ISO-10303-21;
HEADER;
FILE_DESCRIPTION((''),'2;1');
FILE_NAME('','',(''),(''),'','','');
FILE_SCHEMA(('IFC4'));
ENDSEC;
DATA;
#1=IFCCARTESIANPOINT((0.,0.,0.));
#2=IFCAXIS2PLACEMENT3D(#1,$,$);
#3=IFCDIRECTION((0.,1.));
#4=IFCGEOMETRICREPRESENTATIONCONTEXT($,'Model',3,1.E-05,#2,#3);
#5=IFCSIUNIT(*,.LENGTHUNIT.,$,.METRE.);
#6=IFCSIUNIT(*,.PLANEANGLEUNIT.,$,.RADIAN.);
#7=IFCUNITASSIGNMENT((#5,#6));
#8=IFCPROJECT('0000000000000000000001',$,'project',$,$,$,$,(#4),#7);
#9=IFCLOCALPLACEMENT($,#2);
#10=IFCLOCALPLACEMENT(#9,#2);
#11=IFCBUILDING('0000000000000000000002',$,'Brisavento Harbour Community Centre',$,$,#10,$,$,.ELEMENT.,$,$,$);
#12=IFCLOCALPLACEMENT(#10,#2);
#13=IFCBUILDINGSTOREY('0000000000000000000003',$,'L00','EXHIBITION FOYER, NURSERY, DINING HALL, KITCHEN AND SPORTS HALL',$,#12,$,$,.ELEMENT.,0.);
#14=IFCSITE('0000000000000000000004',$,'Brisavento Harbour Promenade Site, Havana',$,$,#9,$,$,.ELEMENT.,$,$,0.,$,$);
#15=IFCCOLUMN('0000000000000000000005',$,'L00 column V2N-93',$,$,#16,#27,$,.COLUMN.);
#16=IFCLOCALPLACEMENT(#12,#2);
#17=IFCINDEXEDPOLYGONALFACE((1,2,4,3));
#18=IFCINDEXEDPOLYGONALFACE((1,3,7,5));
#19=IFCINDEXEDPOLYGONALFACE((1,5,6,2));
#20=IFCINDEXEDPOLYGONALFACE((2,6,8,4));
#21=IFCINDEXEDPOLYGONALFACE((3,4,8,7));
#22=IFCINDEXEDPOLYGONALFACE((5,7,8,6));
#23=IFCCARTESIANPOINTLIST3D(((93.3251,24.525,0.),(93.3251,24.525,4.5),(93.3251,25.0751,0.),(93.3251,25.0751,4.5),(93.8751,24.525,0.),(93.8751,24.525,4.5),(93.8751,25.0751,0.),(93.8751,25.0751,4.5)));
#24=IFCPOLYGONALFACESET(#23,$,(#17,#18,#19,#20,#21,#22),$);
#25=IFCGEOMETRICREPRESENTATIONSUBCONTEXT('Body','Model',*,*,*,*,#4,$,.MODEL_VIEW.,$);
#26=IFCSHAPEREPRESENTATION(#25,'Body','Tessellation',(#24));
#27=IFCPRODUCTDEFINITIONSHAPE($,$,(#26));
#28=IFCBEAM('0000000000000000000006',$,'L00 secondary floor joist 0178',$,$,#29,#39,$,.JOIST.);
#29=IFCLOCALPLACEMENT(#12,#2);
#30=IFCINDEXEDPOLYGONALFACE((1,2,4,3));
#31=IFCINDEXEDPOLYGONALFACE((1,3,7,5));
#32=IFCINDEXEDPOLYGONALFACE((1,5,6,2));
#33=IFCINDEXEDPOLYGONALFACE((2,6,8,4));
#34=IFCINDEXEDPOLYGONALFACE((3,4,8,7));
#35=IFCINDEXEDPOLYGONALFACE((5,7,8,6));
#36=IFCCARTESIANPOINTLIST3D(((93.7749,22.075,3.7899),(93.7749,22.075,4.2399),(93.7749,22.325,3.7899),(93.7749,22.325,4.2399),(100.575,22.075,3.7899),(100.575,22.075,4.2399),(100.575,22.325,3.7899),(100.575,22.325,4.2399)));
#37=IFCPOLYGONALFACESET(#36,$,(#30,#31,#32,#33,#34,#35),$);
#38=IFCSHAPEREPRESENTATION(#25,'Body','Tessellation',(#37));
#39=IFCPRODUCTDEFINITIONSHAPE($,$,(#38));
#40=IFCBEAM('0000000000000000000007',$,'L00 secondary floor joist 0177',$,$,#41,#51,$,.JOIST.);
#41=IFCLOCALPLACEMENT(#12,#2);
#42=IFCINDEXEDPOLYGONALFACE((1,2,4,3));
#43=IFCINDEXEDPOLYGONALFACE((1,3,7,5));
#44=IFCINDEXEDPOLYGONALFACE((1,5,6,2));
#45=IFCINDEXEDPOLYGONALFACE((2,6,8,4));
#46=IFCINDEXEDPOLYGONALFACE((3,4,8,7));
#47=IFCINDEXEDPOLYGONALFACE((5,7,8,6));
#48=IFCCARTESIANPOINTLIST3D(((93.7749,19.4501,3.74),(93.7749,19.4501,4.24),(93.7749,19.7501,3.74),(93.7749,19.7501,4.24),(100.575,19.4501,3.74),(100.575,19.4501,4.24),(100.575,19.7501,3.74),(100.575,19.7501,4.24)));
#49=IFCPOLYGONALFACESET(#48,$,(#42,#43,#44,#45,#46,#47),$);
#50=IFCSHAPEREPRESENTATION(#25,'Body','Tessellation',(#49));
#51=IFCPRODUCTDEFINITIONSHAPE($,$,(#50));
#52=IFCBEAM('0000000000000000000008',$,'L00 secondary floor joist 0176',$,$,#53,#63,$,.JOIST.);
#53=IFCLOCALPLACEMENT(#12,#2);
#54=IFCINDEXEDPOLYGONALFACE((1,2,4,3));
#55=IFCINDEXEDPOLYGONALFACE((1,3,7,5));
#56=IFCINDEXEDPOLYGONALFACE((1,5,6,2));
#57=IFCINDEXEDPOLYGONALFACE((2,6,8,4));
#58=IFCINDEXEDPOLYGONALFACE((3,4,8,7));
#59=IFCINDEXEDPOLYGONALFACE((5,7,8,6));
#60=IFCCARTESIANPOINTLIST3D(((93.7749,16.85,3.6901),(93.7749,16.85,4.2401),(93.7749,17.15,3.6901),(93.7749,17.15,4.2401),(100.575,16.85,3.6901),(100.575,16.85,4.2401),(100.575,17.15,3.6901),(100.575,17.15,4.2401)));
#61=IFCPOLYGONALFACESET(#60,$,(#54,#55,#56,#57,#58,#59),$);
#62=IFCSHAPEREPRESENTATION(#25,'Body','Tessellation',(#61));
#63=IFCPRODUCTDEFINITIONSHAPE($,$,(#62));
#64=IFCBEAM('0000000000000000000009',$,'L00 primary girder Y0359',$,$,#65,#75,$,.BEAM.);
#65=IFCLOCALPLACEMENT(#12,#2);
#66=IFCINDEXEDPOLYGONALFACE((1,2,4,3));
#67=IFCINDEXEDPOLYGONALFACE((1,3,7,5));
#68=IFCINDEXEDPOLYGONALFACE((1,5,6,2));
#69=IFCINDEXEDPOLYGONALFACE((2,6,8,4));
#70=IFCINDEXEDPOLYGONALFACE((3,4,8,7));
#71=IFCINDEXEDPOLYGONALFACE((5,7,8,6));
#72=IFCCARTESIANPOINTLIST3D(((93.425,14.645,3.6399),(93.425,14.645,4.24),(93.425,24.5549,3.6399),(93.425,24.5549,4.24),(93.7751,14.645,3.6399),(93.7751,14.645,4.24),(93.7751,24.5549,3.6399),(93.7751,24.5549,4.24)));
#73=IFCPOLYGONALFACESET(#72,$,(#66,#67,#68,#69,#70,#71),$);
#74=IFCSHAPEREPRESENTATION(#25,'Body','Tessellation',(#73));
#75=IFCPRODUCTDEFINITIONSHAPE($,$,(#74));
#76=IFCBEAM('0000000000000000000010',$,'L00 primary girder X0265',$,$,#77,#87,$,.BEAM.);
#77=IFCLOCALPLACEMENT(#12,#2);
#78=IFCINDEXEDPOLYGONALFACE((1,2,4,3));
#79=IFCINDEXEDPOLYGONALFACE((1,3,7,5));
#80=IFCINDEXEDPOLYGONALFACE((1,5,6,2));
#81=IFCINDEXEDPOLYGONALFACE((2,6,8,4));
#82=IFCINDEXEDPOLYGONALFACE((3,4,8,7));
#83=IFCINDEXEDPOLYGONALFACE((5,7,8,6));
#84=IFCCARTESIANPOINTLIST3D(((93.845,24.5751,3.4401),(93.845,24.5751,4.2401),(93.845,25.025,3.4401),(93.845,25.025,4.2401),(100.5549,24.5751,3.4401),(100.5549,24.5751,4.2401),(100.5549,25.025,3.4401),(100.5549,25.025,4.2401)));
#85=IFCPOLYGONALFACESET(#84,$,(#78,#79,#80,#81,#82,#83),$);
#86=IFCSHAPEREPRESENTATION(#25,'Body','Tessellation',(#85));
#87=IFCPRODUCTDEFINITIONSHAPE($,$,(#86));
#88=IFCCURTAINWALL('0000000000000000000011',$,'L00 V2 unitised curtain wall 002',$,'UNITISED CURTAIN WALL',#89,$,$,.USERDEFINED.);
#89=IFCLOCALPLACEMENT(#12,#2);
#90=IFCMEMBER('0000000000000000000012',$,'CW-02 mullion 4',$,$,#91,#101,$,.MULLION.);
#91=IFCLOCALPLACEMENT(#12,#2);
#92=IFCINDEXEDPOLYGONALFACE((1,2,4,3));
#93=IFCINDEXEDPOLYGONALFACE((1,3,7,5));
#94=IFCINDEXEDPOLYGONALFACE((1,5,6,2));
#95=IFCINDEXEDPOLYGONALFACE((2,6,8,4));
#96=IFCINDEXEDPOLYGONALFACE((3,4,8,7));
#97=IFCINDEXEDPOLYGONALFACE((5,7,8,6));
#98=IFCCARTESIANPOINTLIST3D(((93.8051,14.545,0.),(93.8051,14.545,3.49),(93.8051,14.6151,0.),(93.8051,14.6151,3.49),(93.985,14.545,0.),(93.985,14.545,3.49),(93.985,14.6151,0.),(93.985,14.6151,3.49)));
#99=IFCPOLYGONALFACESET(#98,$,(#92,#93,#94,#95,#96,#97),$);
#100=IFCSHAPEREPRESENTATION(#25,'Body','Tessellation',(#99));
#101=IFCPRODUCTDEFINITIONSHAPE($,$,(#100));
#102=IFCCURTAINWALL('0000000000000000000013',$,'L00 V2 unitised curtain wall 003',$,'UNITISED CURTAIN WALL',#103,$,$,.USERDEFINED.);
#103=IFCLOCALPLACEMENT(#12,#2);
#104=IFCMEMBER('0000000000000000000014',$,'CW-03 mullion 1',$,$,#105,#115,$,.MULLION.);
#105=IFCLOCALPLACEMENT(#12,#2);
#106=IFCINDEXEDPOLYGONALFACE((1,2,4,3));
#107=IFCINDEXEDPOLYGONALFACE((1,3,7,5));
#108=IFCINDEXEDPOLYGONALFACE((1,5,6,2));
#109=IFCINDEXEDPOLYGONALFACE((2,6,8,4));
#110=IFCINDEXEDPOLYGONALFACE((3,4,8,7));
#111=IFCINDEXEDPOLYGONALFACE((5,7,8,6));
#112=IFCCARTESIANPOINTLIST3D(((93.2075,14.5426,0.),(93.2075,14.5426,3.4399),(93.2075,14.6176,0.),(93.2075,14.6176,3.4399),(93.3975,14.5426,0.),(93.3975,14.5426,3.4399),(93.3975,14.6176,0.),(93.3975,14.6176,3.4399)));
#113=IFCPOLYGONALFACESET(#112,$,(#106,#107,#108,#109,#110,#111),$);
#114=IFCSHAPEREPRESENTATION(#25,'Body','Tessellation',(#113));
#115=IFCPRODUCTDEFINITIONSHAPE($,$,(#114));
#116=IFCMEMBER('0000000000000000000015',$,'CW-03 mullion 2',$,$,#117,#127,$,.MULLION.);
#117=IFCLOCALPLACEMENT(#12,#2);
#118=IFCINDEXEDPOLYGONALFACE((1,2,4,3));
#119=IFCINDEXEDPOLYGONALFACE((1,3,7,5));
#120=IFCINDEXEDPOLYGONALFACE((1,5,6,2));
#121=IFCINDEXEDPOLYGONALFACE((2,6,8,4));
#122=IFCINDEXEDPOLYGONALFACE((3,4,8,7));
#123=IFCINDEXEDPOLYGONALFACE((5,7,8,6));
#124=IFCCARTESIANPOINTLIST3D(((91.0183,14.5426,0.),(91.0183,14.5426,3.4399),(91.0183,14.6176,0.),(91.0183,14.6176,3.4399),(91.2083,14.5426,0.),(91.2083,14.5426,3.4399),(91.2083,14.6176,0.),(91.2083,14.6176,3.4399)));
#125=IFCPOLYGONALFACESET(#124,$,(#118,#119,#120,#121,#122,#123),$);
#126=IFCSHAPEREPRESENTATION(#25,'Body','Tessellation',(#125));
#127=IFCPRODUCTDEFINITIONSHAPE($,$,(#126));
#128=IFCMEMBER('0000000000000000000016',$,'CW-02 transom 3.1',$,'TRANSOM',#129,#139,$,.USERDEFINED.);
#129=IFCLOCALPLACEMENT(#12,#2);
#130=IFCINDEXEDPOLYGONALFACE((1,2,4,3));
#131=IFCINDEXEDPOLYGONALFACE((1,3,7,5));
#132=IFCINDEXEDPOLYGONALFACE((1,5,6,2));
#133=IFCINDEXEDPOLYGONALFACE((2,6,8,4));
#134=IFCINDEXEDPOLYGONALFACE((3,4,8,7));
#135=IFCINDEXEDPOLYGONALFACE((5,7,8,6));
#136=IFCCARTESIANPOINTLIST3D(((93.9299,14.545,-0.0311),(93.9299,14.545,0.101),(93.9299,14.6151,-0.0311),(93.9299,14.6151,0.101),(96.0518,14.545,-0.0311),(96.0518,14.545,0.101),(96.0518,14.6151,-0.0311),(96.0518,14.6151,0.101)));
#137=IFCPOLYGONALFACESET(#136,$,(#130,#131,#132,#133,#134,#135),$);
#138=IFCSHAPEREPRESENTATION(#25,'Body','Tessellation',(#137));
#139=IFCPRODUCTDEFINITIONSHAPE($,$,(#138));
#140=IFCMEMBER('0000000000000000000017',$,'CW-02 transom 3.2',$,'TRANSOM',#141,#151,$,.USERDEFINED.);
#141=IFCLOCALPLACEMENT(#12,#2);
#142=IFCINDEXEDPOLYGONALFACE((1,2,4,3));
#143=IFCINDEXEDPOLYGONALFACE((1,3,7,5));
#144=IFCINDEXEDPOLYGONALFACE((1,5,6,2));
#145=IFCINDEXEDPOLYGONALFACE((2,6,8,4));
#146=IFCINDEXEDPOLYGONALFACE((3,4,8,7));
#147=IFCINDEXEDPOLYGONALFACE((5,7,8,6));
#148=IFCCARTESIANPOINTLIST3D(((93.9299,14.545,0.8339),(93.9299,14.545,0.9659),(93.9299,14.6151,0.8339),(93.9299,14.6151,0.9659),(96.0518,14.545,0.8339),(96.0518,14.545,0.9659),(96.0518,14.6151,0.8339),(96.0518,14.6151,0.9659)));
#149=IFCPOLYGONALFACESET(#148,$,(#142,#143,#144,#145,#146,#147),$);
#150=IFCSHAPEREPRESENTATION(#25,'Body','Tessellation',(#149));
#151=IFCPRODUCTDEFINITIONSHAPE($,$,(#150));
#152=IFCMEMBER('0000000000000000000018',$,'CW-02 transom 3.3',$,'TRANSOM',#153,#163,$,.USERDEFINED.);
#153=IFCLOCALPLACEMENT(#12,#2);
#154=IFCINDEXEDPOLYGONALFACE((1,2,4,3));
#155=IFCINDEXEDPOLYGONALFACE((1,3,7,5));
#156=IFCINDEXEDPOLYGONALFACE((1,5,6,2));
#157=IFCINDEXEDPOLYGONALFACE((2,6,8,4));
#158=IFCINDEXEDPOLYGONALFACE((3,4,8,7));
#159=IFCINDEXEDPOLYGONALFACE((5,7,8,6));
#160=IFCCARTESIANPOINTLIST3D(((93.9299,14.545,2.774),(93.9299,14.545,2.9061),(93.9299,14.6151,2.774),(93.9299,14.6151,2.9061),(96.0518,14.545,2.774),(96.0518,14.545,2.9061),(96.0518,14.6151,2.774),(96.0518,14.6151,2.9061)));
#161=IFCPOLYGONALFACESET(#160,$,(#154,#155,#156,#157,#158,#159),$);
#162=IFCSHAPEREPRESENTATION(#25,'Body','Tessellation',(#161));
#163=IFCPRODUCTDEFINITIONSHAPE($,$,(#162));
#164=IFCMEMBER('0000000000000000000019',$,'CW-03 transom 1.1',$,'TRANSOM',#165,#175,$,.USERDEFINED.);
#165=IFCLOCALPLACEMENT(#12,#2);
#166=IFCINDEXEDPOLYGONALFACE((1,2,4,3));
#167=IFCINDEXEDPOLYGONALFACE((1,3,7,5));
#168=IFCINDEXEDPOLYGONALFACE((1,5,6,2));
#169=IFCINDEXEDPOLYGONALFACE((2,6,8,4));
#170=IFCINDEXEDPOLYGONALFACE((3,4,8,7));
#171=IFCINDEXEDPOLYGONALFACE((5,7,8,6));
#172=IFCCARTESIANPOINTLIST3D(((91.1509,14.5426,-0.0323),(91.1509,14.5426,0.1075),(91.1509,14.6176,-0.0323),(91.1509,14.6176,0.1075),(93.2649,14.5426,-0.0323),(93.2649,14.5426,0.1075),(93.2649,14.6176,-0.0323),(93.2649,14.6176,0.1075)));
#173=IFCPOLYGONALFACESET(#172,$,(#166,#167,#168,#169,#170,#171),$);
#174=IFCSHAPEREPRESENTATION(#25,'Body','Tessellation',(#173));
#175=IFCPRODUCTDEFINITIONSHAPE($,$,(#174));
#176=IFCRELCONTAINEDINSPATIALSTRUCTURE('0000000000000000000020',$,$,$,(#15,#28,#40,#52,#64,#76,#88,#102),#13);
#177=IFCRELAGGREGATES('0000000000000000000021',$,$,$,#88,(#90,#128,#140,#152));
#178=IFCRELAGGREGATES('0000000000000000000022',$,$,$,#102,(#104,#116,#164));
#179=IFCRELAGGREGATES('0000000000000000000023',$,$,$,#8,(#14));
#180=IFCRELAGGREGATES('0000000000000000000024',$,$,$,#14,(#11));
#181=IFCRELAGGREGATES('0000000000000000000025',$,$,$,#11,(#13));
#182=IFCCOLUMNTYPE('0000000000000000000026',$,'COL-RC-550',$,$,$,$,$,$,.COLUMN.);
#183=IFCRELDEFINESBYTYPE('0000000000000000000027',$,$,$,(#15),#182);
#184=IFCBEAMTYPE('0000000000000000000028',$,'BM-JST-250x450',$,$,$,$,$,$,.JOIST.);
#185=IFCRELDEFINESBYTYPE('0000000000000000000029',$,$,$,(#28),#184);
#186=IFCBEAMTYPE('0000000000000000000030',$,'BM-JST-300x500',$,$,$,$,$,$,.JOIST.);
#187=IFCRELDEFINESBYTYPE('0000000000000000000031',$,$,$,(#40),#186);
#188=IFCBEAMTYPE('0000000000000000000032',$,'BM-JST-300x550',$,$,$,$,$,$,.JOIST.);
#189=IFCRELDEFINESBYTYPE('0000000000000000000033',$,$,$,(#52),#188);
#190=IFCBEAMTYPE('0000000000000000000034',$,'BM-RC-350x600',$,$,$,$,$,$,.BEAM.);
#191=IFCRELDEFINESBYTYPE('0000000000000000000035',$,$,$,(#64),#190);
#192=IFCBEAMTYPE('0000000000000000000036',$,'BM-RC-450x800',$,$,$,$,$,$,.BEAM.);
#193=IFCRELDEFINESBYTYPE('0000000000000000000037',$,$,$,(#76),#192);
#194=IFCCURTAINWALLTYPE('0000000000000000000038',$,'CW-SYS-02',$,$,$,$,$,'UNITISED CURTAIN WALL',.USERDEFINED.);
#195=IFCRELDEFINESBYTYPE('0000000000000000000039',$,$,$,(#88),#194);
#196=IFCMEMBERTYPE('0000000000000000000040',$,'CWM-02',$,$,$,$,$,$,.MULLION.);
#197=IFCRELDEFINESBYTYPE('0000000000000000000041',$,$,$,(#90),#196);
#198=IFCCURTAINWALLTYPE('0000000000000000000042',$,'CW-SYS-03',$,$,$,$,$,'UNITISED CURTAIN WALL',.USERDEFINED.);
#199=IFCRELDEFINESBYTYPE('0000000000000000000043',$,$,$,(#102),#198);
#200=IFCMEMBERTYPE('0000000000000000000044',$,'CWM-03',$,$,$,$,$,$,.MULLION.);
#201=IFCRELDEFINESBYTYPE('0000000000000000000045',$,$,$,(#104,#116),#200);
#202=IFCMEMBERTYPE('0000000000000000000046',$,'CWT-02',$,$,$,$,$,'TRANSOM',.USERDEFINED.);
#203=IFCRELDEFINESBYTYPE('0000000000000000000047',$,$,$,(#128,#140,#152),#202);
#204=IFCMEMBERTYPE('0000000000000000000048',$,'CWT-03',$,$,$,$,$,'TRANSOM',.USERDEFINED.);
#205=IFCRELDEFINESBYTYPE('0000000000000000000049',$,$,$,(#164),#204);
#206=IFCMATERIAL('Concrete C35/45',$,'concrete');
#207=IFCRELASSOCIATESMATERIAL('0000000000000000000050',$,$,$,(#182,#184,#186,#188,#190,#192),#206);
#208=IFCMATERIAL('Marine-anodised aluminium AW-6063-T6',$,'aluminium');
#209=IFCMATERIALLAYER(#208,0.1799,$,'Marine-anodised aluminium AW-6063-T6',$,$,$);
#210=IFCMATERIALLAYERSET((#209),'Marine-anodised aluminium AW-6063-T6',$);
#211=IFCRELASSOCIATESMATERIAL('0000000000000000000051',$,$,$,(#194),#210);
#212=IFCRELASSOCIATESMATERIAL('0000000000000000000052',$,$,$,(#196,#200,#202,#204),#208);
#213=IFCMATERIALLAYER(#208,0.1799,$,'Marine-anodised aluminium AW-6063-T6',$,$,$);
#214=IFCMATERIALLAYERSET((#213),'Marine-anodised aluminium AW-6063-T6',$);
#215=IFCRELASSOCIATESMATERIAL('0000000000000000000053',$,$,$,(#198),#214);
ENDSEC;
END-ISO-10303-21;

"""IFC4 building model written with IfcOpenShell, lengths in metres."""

from ifc_helpers import new_model, si_unit, direction, frame, origin, origin_2d, place, context, subcontext, project, spatial, rectangle, extrude, material, layer, layer_set, material_profile, profile_set, type_object, element, aggregate, save


model = new_model("IFC4")

# Units and contexts
model_context = context("Model", 3, precision=1e-05, world=origin(), true_north=direction((0.0, 1.0)))
body_context = subcontext(model_context, "Body", "Model", "MODEL_VIEW")
ifc_project = project(units=[si_unit("LENGTHUNIT", "METRE"), si_unit("PLANEANGLEUNIT", "RADIAN")], contexts=[model_context])

# Site, building, storey
site_placement = place(None, origin())
site = spatial("IfcSite", under=ifc_project, at=site_placement, Name="Brisavento Harbour Promenade Site, Havana", CompositionType="ELEMENT", RefElevation=0.0)
building_placement = place(site_placement, origin())
building = spatial("IfcBuilding", under=site, at=building_placement, Name="Brisavento Harbour Community Centre", CompositionType="ELEMENT")
storey_placement = place(building_placement, origin())
storey = spatial("IfcBuildingStorey", under=building, at=storey_placement, Name="L00", Description="EXHIBITION FOYER, NURSERY, DINING HALL, KITCHEN AND SPORTS HALL", CompositionType="ELEMENT", Elevation=0.0)

# Column
ifc_material_1 = material(Name="Concrete C35/45", Category="concrete")
ifc_material_profile_1 = material_profile(ifc_material_1, rectangle(XDim=0.55, YDim=0.55, at=origin_2d()), Name="Concrete C35/45")
ifc_profile_set_1 = profile_set([ifc_material_profile_1], Name="Concrete C35/45")
column_type = type_object("IfcColumnType", Name="COL-RC-550", PredefinedType="COLUMN", material=ifc_profile_set_1)
column_placement = place(storey_placement, frame((93.6001, 24.8, 0.0), z_axis=(0.0, 0.0, 1.0), x_axis=(1.0, 0.0, 0.0)))
element("IfcColumn", 1, at=column_placement, inside=storey, type_object=column_type, Name="L00 column V2N-93", PredefinedType="COLUMN", context=body_context, shape_type="SweptSolid", body=[
    extrude(rectangle(XDim=0.55, YDim=0.55, at=origin_2d()), origin(), (0.0, 0.0, 1.0), 4.5),
])

# Beams
ifc_material_profile_2 = material_profile(ifc_material_1, rectangle(XDim=0.25, YDim=0.45, at=origin_2d()), Name="Concrete C35/45")
ifc_profile_set_2 = profile_set([ifc_material_profile_2], Name="Concrete C35/45")
beam_type_1 = type_object("IfcBeamType", Name="BM-JST-250x450", PredefinedType="JOIST", material=ifc_profile_set_2)
beam_1_placement = place(storey_placement, frame((93.7749, 22.2, 4.0149), z_axis=(1.0, 0.0, 0.0), x_axis=(0.0, 1.0, 0.0)))
element("IfcBeam", 2, at=beam_1_placement, inside=storey, type_object=beam_type_1, Name="L00 secondary floor joist 0178", PredefinedType="JOIST", context=body_context, shape_type="SweptSolid", body=[
    extrude(rectangle(XDim=0.25, YDim=0.45, at=origin_2d()), origin(), (0.0, 0.0, 1.0), 6.8),
])
ifc_material_profile_3 = material_profile(ifc_material_1, rectangle(XDim=0.3, YDim=0.5, at=origin_2d()), Name="Concrete C35/45")
ifc_profile_set_3 = profile_set([ifc_material_profile_3], Name="Concrete C35/45")
beam_type_2 = type_object("IfcBeamType", Name="BM-JST-300x500", PredefinedType="JOIST", material=ifc_profile_set_3)
beam_2_placement = place(storey_placement, frame((93.7749, 19.6001, 3.99), z_axis=(1.0, 0.0, 0.0), x_axis=(0.0, 1.0, 0.0)))
element("IfcBeam", 3, at=beam_2_placement, inside=storey, type_object=beam_type_2, Name="L00 secondary floor joist 0177", PredefinedType="JOIST", context=body_context, shape_type="SweptSolid", body=[
    extrude(rectangle(XDim=0.3, YDim=0.5, at=origin_2d()), origin(), (0.0, 0.0, 1.0), 6.8),
])
ifc_material_profile_4 = material_profile(ifc_material_1, rectangle(XDim=0.3, YDim=0.55, at=origin_2d()), Name="Concrete C35/45")
ifc_profile_set_4 = profile_set([ifc_material_profile_4], Name="Concrete C35/45")
beam_type_3 = type_object("IfcBeamType", Name="BM-JST-300x550", PredefinedType="JOIST", material=ifc_profile_set_4)
beam_3_placement = place(storey_placement, frame((93.7749, 17.0, 3.9651), z_axis=(1.0, 0.0, 0.0), x_axis=(0.0, 1.0, 0.0)))
element("IfcBeam", 4, at=beam_3_placement, inside=storey, type_object=beam_type_3, Name="L00 secondary floor joist 0176", PredefinedType="JOIST", context=body_context, shape_type="SweptSolid", body=[
    extrude(rectangle(XDim=0.3, YDim=0.55, at=origin_2d()), origin(), (0.0, 0.0, 1.0), 6.8),
])
ifc_material_profile_5 = material_profile(ifc_material_1, rectangle(XDim=0.3501, YDim=0.6001, at=origin_2d()), Name="Concrete C35/45")
ifc_profile_set_5 = profile_set([ifc_material_profile_5], Name="Concrete C35/45")
beam_type_4 = type_object("IfcBeamType", Name="BM-RC-350x600", PredefinedType="BEAM", material=ifc_profile_set_5)
beam_4_placement = place(storey_placement, frame((93.6001, 14.645, 3.9399), z_axis=(0.0, 1.0, 0.0), x_axis=(-1.0, 0.0, 0.0)))
element("IfcBeam", 5, at=beam_4_placement, inside=storey, type_object=beam_type_4, Name="L00 primary girder Y0359", PredefinedType="BEAM", context=body_context, shape_type="SweptSolid", body=[
    extrude(rectangle(XDim=0.3501, YDim=0.6001, at=origin_2d()), origin(), (0.0, 0.0, 1.0), 9.9099),
])
ifc_material_profile_6 = material_profile(ifc_material_1, rectangle(XDim=0.45, YDim=0.8, at=origin_2d()), Name="Concrete C35/45")
ifc_profile_set_6 = profile_set([ifc_material_profile_6], Name="Concrete C35/45")
beam_type_5 = type_object("IfcBeamType", Name="BM-RC-450x800", PredefinedType="BEAM", material=ifc_profile_set_6)
beam_5_placement = place(storey_placement, frame((93.845, 24.8, 3.8401), z_axis=(1.0, 0.0, 0.0), x_axis=(0.0, 1.0, 0.0)))
element("IfcBeam", 6, at=beam_5_placement, inside=storey, type_object=beam_type_5, Name="L00 primary girder X0265", PredefinedType="BEAM", context=body_context, shape_type="SweptSolid", body=[
    extrude(rectangle(XDim=0.45, YDim=0.8, at=origin_2d()), origin(), (0.0, 0.0, 1.0), 6.71),
])

# Curtain wall, member
ifc_material_2 = material(Name="Marine-anodised aluminium AW-6063-T6", Category="aluminium")
ifc_layer_1 = layer(ifc_material_2, 0.1799, Name="Marine-anodised aluminium AW-6063-T6")
ifc_layer_set_1 = layer_set([ifc_layer_1], Name="Marine-anodised aluminium AW-6063-T6")
curtain_wall_type_1 = type_object("IfcCurtainWallType", Name="CW-SYS-02", ElementType="UNITISED CURTAIN WALL", PredefinedType="USERDEFINED", material=ifc_layer_set_1)
curtain_wall_1_placement = place(storey_placement, origin())
curtain_wall_1 = element("IfcCurtainWall", 7, at=curtain_wall_1_placement, inside=storey, type_object=curtain_wall_type_1, Name="L00 V2 unitised curtain wall 002", ObjectType="UNITISED CURTAIN WALL", PredefinedType="USERDEFINED")
ifc_material_profile_7 = material_profile(ifc_material_2, rectangle(XDim=0.0701, YDim=0.1799, at=origin_2d()), Name="Marine-anodised aluminium AW-6063-T6")
ifc_profile_set_7 = profile_set([ifc_material_profile_7], Name="Marine-anodised aluminium AW-6063-T6")
member_type_1 = type_object("IfcMemberType", Name="CWM-02", PredefinedType="MULLION", material=ifc_profile_set_7)
member_1_placement = place(storey_placement, frame((93.895, 14.5801, 0.0), z_axis=(0.0, 0.0, 1.0), x_axis=(0.0, -1.0, 0.0)))
member_1 = element("IfcMember", 8, at=member_1_placement, type_object=member_type_1, Name="CW-02 mullion 4", PredefinedType="MULLION", context=body_context, shape_type="SweptSolid", body=[
    extrude(rectangle(XDim=0.0701, YDim=0.1799, at=origin_2d()), origin(), (0.0, 0.0, 1.0), 3.49),
])

# Curtain wall, members
ifc_layer_2 = layer(ifc_material_2, 0.1799, Name="Marine-anodised aluminium AW-6063-T6")
ifc_layer_set_2 = layer_set([ifc_layer_2], Name="Marine-anodised aluminium AW-6063-T6")
curtain_wall_type_2 = type_object("IfcCurtainWallType", Name="CW-SYS-03", ElementType="UNITISED CURTAIN WALL", PredefinedType="USERDEFINED", material=ifc_layer_set_2)
curtain_wall_2_placement = place(storey_placement, origin())
curtain_wall_2 = element("IfcCurtainWall", 9, at=curtain_wall_2_placement, inside=storey, type_object=curtain_wall_type_2, Name="L00 V2 unitised curtain wall 003", ObjectType="UNITISED CURTAIN WALL", PredefinedType="USERDEFINED")
ifc_material_profile_8 = material_profile(ifc_material_2, rectangle(XDim=0.075, YDim=0.1899, at=origin_2d()), Name="Marine-anodised aluminium AW-6063-T6")
ifc_profile_set_8 = profile_set([ifc_material_profile_8], Name="Marine-anodised aluminium AW-6063-T6")
member_type_2 = type_object("IfcMemberType", Name="CWM-03", PredefinedType="MULLION", material=ifc_profile_set_8)
member_2_placement = place(storey_placement, frame((93.3025, 14.5801, 0.0), z_axis=(0.0, 0.0, 1.0), x_axis=(0.0, -1.0, 0.0)))
member_2 = element("IfcMember", 10, at=member_2_placement, type_object=member_type_2, Name="CW-03 mullion 1", PredefinedType="MULLION", context=body_context, shape_type="SweptSolid", body=[
    extrude(rectangle(XDim=0.075, YDim=0.1899, at=origin_2d()), origin(), (0.0, 0.0, 1.0), 3.4399),
])
member_3_placement = place(storey_placement, frame((91.1133, 14.5801, 0.0), z_axis=(0.0, 0.0, 1.0), x_axis=(0.0, -1.0, 0.0)))
member_3 = element("IfcMember", 11, at=member_3_placement, type_object=member_type_2, Name="CW-03 mullion 2", PredefinedType="MULLION", context=body_context, shape_type="SweptSolid", body=[
    extrude(rectangle(XDim=0.075, YDim=0.1899, at=origin_2d()), origin(), (0.0, 0.0, 1.0), 3.4399),
])

# Members
ifc_material_profile_9 = material_profile(ifc_material_2, rectangle(XDim=0.0701, YDim=0.1321, at=origin_2d()), Name="Marine-anodised aluminium AW-6063-T6")
ifc_profile_set_9 = profile_set([ifc_material_profile_9], Name="Marine-anodised aluminium AW-6063-T6")
member_type_3 = type_object("IfcMemberType", Name="CWT-02", ElementType="TRANSOM", PredefinedType="USERDEFINED", material=ifc_profile_set_9)
member_4_placement = place(storey_placement, frame((96.0518, 14.5801, 0.0349), z_axis=(-1.0, 0.0, 0.0), x_axis=(0.0, -1.0, 0.0)))
member_4 = element("IfcMember", 12, at=member_4_placement, type_object=member_type_3, Name="CW-02 transom 3.1", ObjectType="TRANSOM", PredefinedType="USERDEFINED", context=body_context, shape_type="SweptSolid", body=[
    extrude(rectangle(XDim=0.0701, YDim=0.1321, at=origin_2d()), origin(), (0.0, 0.0, 1.0), 2.1218),
])
member_5_placement = place(storey_placement, frame((96.0518, 14.5801, 0.8999), z_axis=(-1.0, 0.0, 0.0), x_axis=(0.0, -1.0, 0.0)))
member_5 = element("IfcMember", 13, at=member_5_placement, type_object=member_type_3, Name="CW-02 transom 3.2", ObjectType="TRANSOM", PredefinedType="USERDEFINED", context=body_context, shape_type="SweptSolid", body=[
    extrude(rectangle(XDim=0.0701, YDim=0.1321, at=origin_2d()), origin(), (0.0, 0.0, 1.0), 2.1218),
])
member_6_placement = place(storey_placement, frame((96.0518, 14.5801, 2.8401), z_axis=(-1.0, 0.0, 0.0), x_axis=(0.0, -1.0, 0.0)))
member_6 = element("IfcMember", 14, at=member_6_placement, type_object=member_type_3, Name="CW-02 transom 3.3", ObjectType="TRANSOM", PredefinedType="USERDEFINED", context=body_context, shape_type="SweptSolid", body=[
    extrude(rectangle(XDim=0.0701, YDim=0.1321, at=origin_2d()), origin(), (0.0, 0.0, 1.0), 2.1218),
])
ifc_material_profile_10 = material_profile(ifc_material_2, rectangle(XDim=0.075, YDim=0.1399, at=origin_2d()), Name="Marine-anodised aluminium AW-6063-T6")
ifc_profile_set_10 = profile_set([ifc_material_profile_10], Name="Marine-anodised aluminium AW-6063-T6")
member_type_4 = type_object("IfcMemberType", Name="CWT-03", ElementType="TRANSOM", PredefinedType="USERDEFINED", material=ifc_profile_set_10)
member_7_placement = place(storey_placement, frame((93.2649, 14.5801, 0.0376), z_axis=(-1.0, 0.0, 0.0), x_axis=(0.0, -1.0, 0.0)))
member_7 = element("IfcMember", 15, at=member_7_placement, type_object=member_type_4, Name="CW-03 transom 1.1", ObjectType="TRANSOM", PredefinedType="USERDEFINED", context=body_context, shape_type="SweptSolid", body=[
    extrude(rectangle(XDim=0.075, YDim=0.1399, at=origin_2d()), origin(), (0.0, 0.0, 1.0), 2.114),
])

aggregate(curtain_wall_1, [member_1, member_4, member_5, member_6])
aggregate(curtain_wall_2, [member_2, member_3, member_7])

save(model, "model.ifc")
